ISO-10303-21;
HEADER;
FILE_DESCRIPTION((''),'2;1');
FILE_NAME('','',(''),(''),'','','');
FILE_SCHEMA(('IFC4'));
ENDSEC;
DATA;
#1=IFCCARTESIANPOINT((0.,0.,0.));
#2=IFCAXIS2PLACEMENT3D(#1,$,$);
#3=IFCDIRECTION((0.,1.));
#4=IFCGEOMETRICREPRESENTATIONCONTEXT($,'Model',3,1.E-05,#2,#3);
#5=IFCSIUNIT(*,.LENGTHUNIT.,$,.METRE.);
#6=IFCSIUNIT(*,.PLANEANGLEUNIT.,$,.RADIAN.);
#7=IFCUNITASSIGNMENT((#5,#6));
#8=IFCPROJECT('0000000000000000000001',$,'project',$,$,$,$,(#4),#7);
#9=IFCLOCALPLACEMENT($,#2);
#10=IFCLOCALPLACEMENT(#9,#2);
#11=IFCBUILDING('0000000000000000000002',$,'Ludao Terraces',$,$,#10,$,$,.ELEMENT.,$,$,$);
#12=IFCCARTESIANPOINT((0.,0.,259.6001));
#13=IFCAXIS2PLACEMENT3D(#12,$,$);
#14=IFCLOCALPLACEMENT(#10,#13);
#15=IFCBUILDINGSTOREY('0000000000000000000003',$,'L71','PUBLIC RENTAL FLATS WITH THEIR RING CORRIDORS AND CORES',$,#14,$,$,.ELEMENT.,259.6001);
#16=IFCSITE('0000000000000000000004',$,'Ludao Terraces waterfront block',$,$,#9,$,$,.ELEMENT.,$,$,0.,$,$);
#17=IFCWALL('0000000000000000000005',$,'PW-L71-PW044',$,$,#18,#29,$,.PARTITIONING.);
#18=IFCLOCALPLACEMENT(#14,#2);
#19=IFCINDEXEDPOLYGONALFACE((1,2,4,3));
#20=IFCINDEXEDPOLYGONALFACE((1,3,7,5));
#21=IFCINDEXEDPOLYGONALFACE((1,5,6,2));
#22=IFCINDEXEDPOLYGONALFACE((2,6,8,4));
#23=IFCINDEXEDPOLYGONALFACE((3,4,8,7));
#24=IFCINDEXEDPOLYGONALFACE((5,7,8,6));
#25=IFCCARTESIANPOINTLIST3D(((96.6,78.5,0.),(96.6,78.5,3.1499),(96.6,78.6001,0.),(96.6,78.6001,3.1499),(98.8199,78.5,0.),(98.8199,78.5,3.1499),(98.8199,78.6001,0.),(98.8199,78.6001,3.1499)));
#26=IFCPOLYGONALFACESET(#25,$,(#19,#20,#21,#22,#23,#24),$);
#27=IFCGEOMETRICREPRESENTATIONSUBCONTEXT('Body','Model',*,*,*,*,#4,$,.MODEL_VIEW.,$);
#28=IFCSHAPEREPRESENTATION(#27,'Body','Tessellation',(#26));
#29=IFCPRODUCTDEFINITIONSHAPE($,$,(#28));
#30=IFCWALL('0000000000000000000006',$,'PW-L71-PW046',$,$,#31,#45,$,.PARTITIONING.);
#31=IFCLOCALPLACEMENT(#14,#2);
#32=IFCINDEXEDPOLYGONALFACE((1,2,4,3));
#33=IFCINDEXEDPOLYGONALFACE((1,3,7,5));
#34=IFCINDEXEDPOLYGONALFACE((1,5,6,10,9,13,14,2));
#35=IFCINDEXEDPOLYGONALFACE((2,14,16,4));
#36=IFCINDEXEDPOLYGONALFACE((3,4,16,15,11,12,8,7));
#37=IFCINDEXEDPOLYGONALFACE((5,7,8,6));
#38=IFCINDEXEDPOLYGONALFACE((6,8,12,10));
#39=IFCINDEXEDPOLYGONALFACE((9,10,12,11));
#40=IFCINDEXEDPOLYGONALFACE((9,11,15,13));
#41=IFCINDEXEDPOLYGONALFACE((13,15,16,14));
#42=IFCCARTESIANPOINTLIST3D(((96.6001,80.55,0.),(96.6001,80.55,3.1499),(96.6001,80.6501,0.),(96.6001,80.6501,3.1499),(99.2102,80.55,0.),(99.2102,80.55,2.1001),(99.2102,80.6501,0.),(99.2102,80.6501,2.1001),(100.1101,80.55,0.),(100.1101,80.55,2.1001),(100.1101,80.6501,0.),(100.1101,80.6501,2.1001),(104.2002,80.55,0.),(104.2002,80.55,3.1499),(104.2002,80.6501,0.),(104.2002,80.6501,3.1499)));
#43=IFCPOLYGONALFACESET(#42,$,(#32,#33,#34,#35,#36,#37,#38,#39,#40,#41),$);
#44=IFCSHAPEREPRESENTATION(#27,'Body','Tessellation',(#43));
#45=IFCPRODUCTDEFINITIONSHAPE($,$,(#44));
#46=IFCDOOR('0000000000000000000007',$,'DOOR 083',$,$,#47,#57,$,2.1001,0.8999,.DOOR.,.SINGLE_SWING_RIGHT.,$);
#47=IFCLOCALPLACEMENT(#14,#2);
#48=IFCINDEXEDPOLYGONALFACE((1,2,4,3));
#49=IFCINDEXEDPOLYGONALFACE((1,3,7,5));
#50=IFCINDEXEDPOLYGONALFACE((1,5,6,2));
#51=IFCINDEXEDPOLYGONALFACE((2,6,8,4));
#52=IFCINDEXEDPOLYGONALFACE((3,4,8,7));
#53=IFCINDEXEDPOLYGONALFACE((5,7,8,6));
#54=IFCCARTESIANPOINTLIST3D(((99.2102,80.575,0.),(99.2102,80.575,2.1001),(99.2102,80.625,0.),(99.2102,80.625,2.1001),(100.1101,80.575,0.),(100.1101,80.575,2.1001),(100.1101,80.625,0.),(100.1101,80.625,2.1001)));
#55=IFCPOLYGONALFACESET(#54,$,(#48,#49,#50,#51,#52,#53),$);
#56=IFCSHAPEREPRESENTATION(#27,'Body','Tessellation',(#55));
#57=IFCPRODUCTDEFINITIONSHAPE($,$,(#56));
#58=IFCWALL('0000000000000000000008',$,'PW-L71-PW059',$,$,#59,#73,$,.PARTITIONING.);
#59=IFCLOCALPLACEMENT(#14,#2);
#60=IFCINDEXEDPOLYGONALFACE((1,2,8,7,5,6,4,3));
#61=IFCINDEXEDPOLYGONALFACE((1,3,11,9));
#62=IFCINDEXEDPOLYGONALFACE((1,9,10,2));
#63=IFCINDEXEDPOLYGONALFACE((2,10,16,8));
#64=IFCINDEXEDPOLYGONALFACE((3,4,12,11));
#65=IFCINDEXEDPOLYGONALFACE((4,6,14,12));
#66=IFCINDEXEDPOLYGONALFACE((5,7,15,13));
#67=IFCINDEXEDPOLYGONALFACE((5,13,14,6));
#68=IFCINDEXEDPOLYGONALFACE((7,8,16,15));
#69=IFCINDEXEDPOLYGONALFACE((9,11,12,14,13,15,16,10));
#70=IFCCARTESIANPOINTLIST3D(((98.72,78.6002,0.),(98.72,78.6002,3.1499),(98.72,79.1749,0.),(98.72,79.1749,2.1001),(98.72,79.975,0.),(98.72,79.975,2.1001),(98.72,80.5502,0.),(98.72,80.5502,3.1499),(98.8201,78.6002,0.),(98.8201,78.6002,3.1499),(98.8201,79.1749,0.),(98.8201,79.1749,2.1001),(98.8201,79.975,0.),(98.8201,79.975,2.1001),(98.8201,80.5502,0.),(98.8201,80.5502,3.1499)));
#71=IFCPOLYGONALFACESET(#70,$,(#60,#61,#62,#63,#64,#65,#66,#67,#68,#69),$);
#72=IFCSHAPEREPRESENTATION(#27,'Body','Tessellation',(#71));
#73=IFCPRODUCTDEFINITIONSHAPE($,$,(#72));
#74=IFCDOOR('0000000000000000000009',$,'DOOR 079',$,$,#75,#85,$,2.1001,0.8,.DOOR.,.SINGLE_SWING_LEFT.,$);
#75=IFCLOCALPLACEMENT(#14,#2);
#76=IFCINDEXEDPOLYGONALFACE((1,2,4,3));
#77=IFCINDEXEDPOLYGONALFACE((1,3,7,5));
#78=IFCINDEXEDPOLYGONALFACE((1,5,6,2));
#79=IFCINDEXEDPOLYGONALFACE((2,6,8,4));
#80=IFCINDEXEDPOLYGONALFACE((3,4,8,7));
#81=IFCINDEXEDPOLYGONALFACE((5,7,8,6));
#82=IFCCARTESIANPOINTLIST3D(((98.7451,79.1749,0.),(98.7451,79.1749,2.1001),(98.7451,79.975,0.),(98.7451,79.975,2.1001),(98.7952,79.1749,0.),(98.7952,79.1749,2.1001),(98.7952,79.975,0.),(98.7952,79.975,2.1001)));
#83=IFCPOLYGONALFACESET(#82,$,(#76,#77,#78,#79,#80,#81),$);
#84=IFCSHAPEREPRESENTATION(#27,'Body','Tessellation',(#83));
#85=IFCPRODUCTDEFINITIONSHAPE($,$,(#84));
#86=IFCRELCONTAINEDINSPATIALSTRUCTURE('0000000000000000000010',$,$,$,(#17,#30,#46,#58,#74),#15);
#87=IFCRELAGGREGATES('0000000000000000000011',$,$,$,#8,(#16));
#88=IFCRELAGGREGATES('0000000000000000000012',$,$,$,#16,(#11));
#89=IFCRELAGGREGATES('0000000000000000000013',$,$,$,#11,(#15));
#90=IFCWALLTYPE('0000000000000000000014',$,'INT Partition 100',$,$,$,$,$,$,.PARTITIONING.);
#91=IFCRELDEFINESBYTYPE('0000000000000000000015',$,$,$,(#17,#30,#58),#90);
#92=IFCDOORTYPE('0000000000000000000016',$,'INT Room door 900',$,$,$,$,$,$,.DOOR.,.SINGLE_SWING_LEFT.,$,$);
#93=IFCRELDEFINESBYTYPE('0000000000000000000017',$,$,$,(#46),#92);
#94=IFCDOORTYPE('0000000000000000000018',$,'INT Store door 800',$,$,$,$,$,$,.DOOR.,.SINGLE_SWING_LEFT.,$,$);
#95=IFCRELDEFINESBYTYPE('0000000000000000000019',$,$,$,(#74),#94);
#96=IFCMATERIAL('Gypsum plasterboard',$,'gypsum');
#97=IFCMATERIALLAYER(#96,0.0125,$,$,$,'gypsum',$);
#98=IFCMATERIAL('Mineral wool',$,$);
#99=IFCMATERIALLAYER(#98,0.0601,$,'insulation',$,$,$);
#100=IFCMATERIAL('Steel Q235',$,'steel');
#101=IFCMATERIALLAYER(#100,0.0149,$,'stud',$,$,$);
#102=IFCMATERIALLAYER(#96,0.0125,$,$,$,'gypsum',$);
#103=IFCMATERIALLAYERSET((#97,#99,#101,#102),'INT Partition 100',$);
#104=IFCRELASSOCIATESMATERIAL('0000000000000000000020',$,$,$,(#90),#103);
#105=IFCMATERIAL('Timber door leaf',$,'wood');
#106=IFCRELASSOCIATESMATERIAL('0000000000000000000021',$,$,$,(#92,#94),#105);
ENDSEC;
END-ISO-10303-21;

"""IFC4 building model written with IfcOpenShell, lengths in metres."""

from ifc_helpers import new_model, si_unit, direction, frame, frame_2d, origin, place, context, subcontext, project, spatial, rectangle, extrude, material, layer, layer_set, type_object, element, fill, save


model = new_model("IFC4")

# Units and contexts
model_context = context("Model", 3, precision=1e-05, world=origin(), true_north=direction((0.0, 1.0)))
body_context = subcontext(model_context, "Body", "Model", "MODEL_VIEW")
ifc_project = project(units=[si_unit("LENGTHUNIT", "METRE"), si_unit("PLANEANGLEUNIT", "RADIAN")], contexts=[model_context])

# Site, building, storey
site_placement = place(None, origin())
site = spatial("IfcSite", under=ifc_project, at=site_placement, Name="Ludao Terraces waterfront block", CompositionType="ELEMENT", RefElevation=0.0)
building_placement = place(site_placement, origin())
building = spatial("IfcBuilding", under=site, at=building_placement, Name="Ludao Terraces", CompositionType="ELEMENT")
storey_placement = place(building_placement, frame((0.0, 0.0, 259.6001)))
storey = spatial("IfcBuildingStorey", under=building, at=storey_placement, Name="L71", Description="PUBLIC RENTAL FLATS WITH THEIR RING CORRIDORS AND CORES", CompositionType="ELEMENT", Elevation=259.6001)

# Shared definitions
ifc_material_1 = material(Name="Steel Q235", Category="steel")

# Shared definitions
ifc_material_2 = material(Name="Mineral wool")

# Wall
ifc_material_3 = material(Name="Gypsum plasterboard", Category="gypsum")
ifc_layer_1 = layer(ifc_material_3, 0.0125, Category="gypsum")
ifc_layer_2 = layer(ifc_material_2, 0.0601, Name="insulation")
ifc_layer_3 = layer(ifc_material_1, 0.0149, Name="stud")
ifc_layer_4 = layer(ifc_material_3, 0.0125, Category="gypsum")
ifc_layer_set_1 = layer_set([ifc_layer_1, ifc_layer_2, ifc_layer_3, ifc_layer_4], Name="INT Partition 100")
wall_type_1 = type_object("IfcWallType", Name="INT Partition 100", PredefinedType="PARTITIONING", material=ifc_layer_set_1)
for number, where, z_axis, x_axis, name in (
    (1, (96.6001, 78.55, 0.0), (0.0, 0.0, 1.0), (1.0, 0.0, 0.0), "PW-L71-PW044"),
):
    element("IfcWall", number, at=place(storey_placement, frame(where, z_axis=z_axis, x_axis=x_axis)), inside=storey, type_object=wall_type_1, Name=name, PredefinedType="PARTITIONING", context=body_context, shape_type="SweptSolid", body=[
        extrude(rectangle(XDim=2.22, YDim=0.1001, at=frame_2d((1.1099, 0.0))), origin(), (0.0, 0.0, 1.0), 3.1499),
    ])

# Walls, openings, doors
wall_1_placement = place(storey_placement, frame((96.6001, 80.6001, 0.0), z_axis=(0.0, 0.0, 1.0), x_axis=(1.0, 0.0, 0.0)))
wall_1 = element("IfcWall", 2, at=wall_1_placement, inside=storey, type_object=wall_type_1, Name="PW-L71-PW046", PredefinedType="PARTITIONING", context=body_context, shape_type="SweptSolid", body=[
    extrude(rectangle(XDim=7.6001, YDim=0.1001, at=frame_2d((3.8, 0.0))), origin(), (0.0, 0.0, 1.0), 3.1499),
])
opening_1_placement = place(wall_1_placement, frame((2.6101, 0.0, 0.0)))
opening_1 = element("IfcOpeningElement", 3, at=opening_1_placement, cuts=wall_1, PredefinedType="OPENING", context=body_context, shape_type="SweptSolid", body=[
    extrude(rectangle(XDim=0.8999, YDim=2.1001, at=frame_2d((0.45, 1.05))), frame((0.0, 0.0601, 0.0), z_axis=(0.0, -1.0, 0.0), x_axis=(1.0, 0.0, 0.0)), (0.0, 0.0, 1.0), 0.1201),
])
ifc_material_4 = material(Name="Timber door leaf", Category="wood")
door_type_1 = type_object("IfcDoorType", Name="INT Room door 900", OperationType="SINGLE_SWING_LEFT", PredefinedType="DOOR", material=ifc_material_4)
door_1_placement = place(opening_1_placement, origin())
door_1 = element("IfcDoor", 4, at=door_1_placement, inside=storey, type_object=door_type_1, Name="DOOR 083", OperationType="SINGLE_SWING_RIGHT", OverallHeight=2.1001, OverallWidth=0.8999, PredefinedType="DOOR", context=body_context, shape_type="SweptSolid", body=[
    extrude(rectangle(XDim=0.8999, YDim=2.1001, at=frame_2d((0.45, 1.05))), frame((0.0, 0.0249, 0.0), z_axis=(0.0, -1.0, 0.0), x_axis=(1.0, 0.0, 0.0)), (0.0, 0.0, 1.0), 0.05),
])
fill(opening_1, door_1)
wall_2_placement = place(storey_placement, frame((98.77, 78.6001, 0.0), z_axis=(0.0, 0.0, 1.0), x_axis=(0.0, 1.0, 0.0)))
wall_2 = element("IfcWall", 5, at=wall_2_placement, inside=storey, type_object=wall_type_1, Name="PW-L71-PW059", PredefinedType="PARTITIONING", context=body_context, shape_type="SweptSolid", body=[
    extrude(rectangle(XDim=1.95, YDim=0.1001, at=frame_2d((0.9751, 0.0))), origin(), (0.0, 0.0, 1.0), 3.1499),
])
opening_2_placement = place(wall_2_placement, frame((0.575, 0.0, 0.0)))
opening_2 = element("IfcOpeningElement", 6, at=opening_2_placement, cuts=wall_2, PredefinedType="OPENING", context=body_context, shape_type="SweptSolid", body=[
    extrude(rectangle(XDim=0.8, YDim=2.1001, at=frame_2d((0.3999, 1.05))), frame((0.0, 0.0601, 0.0), z_axis=(0.0, -1.0, 0.0), x_axis=(1.0, 0.0, 0.0)), (0.0, 0.0, 1.0), 0.1201),
])
door_type_2 = type_object("IfcDoorType", Name="INT Store door 800", OperationType="SINGLE_SWING_LEFT", PredefinedType="DOOR", material=ifc_material_4)
door_2_placement = place(opening_2_placement, origin())
door_2 = element("IfcDoor", 7, at=door_2_placement, inside=storey, type_object=door_type_2, Name="DOOR 079", OperationType="SINGLE_SWING_LEFT", OverallHeight=2.1001, OverallWidth=0.8, PredefinedType="DOOR", context=body_context, shape_type="SweptSolid", body=[
    extrude(rectangle(XDim=0.8, YDim=2.1001, at=frame_2d((0.3999, 1.05))), frame((0.0, 0.0249, 0.0), z_axis=(0.0, -1.0, 0.0), x_axis=(1.0, 0.0, 0.0)), (0.0, 0.0, 1.0), 0.05),
])
fill(opening_2, door_2)

save(model, "model.ifc")
